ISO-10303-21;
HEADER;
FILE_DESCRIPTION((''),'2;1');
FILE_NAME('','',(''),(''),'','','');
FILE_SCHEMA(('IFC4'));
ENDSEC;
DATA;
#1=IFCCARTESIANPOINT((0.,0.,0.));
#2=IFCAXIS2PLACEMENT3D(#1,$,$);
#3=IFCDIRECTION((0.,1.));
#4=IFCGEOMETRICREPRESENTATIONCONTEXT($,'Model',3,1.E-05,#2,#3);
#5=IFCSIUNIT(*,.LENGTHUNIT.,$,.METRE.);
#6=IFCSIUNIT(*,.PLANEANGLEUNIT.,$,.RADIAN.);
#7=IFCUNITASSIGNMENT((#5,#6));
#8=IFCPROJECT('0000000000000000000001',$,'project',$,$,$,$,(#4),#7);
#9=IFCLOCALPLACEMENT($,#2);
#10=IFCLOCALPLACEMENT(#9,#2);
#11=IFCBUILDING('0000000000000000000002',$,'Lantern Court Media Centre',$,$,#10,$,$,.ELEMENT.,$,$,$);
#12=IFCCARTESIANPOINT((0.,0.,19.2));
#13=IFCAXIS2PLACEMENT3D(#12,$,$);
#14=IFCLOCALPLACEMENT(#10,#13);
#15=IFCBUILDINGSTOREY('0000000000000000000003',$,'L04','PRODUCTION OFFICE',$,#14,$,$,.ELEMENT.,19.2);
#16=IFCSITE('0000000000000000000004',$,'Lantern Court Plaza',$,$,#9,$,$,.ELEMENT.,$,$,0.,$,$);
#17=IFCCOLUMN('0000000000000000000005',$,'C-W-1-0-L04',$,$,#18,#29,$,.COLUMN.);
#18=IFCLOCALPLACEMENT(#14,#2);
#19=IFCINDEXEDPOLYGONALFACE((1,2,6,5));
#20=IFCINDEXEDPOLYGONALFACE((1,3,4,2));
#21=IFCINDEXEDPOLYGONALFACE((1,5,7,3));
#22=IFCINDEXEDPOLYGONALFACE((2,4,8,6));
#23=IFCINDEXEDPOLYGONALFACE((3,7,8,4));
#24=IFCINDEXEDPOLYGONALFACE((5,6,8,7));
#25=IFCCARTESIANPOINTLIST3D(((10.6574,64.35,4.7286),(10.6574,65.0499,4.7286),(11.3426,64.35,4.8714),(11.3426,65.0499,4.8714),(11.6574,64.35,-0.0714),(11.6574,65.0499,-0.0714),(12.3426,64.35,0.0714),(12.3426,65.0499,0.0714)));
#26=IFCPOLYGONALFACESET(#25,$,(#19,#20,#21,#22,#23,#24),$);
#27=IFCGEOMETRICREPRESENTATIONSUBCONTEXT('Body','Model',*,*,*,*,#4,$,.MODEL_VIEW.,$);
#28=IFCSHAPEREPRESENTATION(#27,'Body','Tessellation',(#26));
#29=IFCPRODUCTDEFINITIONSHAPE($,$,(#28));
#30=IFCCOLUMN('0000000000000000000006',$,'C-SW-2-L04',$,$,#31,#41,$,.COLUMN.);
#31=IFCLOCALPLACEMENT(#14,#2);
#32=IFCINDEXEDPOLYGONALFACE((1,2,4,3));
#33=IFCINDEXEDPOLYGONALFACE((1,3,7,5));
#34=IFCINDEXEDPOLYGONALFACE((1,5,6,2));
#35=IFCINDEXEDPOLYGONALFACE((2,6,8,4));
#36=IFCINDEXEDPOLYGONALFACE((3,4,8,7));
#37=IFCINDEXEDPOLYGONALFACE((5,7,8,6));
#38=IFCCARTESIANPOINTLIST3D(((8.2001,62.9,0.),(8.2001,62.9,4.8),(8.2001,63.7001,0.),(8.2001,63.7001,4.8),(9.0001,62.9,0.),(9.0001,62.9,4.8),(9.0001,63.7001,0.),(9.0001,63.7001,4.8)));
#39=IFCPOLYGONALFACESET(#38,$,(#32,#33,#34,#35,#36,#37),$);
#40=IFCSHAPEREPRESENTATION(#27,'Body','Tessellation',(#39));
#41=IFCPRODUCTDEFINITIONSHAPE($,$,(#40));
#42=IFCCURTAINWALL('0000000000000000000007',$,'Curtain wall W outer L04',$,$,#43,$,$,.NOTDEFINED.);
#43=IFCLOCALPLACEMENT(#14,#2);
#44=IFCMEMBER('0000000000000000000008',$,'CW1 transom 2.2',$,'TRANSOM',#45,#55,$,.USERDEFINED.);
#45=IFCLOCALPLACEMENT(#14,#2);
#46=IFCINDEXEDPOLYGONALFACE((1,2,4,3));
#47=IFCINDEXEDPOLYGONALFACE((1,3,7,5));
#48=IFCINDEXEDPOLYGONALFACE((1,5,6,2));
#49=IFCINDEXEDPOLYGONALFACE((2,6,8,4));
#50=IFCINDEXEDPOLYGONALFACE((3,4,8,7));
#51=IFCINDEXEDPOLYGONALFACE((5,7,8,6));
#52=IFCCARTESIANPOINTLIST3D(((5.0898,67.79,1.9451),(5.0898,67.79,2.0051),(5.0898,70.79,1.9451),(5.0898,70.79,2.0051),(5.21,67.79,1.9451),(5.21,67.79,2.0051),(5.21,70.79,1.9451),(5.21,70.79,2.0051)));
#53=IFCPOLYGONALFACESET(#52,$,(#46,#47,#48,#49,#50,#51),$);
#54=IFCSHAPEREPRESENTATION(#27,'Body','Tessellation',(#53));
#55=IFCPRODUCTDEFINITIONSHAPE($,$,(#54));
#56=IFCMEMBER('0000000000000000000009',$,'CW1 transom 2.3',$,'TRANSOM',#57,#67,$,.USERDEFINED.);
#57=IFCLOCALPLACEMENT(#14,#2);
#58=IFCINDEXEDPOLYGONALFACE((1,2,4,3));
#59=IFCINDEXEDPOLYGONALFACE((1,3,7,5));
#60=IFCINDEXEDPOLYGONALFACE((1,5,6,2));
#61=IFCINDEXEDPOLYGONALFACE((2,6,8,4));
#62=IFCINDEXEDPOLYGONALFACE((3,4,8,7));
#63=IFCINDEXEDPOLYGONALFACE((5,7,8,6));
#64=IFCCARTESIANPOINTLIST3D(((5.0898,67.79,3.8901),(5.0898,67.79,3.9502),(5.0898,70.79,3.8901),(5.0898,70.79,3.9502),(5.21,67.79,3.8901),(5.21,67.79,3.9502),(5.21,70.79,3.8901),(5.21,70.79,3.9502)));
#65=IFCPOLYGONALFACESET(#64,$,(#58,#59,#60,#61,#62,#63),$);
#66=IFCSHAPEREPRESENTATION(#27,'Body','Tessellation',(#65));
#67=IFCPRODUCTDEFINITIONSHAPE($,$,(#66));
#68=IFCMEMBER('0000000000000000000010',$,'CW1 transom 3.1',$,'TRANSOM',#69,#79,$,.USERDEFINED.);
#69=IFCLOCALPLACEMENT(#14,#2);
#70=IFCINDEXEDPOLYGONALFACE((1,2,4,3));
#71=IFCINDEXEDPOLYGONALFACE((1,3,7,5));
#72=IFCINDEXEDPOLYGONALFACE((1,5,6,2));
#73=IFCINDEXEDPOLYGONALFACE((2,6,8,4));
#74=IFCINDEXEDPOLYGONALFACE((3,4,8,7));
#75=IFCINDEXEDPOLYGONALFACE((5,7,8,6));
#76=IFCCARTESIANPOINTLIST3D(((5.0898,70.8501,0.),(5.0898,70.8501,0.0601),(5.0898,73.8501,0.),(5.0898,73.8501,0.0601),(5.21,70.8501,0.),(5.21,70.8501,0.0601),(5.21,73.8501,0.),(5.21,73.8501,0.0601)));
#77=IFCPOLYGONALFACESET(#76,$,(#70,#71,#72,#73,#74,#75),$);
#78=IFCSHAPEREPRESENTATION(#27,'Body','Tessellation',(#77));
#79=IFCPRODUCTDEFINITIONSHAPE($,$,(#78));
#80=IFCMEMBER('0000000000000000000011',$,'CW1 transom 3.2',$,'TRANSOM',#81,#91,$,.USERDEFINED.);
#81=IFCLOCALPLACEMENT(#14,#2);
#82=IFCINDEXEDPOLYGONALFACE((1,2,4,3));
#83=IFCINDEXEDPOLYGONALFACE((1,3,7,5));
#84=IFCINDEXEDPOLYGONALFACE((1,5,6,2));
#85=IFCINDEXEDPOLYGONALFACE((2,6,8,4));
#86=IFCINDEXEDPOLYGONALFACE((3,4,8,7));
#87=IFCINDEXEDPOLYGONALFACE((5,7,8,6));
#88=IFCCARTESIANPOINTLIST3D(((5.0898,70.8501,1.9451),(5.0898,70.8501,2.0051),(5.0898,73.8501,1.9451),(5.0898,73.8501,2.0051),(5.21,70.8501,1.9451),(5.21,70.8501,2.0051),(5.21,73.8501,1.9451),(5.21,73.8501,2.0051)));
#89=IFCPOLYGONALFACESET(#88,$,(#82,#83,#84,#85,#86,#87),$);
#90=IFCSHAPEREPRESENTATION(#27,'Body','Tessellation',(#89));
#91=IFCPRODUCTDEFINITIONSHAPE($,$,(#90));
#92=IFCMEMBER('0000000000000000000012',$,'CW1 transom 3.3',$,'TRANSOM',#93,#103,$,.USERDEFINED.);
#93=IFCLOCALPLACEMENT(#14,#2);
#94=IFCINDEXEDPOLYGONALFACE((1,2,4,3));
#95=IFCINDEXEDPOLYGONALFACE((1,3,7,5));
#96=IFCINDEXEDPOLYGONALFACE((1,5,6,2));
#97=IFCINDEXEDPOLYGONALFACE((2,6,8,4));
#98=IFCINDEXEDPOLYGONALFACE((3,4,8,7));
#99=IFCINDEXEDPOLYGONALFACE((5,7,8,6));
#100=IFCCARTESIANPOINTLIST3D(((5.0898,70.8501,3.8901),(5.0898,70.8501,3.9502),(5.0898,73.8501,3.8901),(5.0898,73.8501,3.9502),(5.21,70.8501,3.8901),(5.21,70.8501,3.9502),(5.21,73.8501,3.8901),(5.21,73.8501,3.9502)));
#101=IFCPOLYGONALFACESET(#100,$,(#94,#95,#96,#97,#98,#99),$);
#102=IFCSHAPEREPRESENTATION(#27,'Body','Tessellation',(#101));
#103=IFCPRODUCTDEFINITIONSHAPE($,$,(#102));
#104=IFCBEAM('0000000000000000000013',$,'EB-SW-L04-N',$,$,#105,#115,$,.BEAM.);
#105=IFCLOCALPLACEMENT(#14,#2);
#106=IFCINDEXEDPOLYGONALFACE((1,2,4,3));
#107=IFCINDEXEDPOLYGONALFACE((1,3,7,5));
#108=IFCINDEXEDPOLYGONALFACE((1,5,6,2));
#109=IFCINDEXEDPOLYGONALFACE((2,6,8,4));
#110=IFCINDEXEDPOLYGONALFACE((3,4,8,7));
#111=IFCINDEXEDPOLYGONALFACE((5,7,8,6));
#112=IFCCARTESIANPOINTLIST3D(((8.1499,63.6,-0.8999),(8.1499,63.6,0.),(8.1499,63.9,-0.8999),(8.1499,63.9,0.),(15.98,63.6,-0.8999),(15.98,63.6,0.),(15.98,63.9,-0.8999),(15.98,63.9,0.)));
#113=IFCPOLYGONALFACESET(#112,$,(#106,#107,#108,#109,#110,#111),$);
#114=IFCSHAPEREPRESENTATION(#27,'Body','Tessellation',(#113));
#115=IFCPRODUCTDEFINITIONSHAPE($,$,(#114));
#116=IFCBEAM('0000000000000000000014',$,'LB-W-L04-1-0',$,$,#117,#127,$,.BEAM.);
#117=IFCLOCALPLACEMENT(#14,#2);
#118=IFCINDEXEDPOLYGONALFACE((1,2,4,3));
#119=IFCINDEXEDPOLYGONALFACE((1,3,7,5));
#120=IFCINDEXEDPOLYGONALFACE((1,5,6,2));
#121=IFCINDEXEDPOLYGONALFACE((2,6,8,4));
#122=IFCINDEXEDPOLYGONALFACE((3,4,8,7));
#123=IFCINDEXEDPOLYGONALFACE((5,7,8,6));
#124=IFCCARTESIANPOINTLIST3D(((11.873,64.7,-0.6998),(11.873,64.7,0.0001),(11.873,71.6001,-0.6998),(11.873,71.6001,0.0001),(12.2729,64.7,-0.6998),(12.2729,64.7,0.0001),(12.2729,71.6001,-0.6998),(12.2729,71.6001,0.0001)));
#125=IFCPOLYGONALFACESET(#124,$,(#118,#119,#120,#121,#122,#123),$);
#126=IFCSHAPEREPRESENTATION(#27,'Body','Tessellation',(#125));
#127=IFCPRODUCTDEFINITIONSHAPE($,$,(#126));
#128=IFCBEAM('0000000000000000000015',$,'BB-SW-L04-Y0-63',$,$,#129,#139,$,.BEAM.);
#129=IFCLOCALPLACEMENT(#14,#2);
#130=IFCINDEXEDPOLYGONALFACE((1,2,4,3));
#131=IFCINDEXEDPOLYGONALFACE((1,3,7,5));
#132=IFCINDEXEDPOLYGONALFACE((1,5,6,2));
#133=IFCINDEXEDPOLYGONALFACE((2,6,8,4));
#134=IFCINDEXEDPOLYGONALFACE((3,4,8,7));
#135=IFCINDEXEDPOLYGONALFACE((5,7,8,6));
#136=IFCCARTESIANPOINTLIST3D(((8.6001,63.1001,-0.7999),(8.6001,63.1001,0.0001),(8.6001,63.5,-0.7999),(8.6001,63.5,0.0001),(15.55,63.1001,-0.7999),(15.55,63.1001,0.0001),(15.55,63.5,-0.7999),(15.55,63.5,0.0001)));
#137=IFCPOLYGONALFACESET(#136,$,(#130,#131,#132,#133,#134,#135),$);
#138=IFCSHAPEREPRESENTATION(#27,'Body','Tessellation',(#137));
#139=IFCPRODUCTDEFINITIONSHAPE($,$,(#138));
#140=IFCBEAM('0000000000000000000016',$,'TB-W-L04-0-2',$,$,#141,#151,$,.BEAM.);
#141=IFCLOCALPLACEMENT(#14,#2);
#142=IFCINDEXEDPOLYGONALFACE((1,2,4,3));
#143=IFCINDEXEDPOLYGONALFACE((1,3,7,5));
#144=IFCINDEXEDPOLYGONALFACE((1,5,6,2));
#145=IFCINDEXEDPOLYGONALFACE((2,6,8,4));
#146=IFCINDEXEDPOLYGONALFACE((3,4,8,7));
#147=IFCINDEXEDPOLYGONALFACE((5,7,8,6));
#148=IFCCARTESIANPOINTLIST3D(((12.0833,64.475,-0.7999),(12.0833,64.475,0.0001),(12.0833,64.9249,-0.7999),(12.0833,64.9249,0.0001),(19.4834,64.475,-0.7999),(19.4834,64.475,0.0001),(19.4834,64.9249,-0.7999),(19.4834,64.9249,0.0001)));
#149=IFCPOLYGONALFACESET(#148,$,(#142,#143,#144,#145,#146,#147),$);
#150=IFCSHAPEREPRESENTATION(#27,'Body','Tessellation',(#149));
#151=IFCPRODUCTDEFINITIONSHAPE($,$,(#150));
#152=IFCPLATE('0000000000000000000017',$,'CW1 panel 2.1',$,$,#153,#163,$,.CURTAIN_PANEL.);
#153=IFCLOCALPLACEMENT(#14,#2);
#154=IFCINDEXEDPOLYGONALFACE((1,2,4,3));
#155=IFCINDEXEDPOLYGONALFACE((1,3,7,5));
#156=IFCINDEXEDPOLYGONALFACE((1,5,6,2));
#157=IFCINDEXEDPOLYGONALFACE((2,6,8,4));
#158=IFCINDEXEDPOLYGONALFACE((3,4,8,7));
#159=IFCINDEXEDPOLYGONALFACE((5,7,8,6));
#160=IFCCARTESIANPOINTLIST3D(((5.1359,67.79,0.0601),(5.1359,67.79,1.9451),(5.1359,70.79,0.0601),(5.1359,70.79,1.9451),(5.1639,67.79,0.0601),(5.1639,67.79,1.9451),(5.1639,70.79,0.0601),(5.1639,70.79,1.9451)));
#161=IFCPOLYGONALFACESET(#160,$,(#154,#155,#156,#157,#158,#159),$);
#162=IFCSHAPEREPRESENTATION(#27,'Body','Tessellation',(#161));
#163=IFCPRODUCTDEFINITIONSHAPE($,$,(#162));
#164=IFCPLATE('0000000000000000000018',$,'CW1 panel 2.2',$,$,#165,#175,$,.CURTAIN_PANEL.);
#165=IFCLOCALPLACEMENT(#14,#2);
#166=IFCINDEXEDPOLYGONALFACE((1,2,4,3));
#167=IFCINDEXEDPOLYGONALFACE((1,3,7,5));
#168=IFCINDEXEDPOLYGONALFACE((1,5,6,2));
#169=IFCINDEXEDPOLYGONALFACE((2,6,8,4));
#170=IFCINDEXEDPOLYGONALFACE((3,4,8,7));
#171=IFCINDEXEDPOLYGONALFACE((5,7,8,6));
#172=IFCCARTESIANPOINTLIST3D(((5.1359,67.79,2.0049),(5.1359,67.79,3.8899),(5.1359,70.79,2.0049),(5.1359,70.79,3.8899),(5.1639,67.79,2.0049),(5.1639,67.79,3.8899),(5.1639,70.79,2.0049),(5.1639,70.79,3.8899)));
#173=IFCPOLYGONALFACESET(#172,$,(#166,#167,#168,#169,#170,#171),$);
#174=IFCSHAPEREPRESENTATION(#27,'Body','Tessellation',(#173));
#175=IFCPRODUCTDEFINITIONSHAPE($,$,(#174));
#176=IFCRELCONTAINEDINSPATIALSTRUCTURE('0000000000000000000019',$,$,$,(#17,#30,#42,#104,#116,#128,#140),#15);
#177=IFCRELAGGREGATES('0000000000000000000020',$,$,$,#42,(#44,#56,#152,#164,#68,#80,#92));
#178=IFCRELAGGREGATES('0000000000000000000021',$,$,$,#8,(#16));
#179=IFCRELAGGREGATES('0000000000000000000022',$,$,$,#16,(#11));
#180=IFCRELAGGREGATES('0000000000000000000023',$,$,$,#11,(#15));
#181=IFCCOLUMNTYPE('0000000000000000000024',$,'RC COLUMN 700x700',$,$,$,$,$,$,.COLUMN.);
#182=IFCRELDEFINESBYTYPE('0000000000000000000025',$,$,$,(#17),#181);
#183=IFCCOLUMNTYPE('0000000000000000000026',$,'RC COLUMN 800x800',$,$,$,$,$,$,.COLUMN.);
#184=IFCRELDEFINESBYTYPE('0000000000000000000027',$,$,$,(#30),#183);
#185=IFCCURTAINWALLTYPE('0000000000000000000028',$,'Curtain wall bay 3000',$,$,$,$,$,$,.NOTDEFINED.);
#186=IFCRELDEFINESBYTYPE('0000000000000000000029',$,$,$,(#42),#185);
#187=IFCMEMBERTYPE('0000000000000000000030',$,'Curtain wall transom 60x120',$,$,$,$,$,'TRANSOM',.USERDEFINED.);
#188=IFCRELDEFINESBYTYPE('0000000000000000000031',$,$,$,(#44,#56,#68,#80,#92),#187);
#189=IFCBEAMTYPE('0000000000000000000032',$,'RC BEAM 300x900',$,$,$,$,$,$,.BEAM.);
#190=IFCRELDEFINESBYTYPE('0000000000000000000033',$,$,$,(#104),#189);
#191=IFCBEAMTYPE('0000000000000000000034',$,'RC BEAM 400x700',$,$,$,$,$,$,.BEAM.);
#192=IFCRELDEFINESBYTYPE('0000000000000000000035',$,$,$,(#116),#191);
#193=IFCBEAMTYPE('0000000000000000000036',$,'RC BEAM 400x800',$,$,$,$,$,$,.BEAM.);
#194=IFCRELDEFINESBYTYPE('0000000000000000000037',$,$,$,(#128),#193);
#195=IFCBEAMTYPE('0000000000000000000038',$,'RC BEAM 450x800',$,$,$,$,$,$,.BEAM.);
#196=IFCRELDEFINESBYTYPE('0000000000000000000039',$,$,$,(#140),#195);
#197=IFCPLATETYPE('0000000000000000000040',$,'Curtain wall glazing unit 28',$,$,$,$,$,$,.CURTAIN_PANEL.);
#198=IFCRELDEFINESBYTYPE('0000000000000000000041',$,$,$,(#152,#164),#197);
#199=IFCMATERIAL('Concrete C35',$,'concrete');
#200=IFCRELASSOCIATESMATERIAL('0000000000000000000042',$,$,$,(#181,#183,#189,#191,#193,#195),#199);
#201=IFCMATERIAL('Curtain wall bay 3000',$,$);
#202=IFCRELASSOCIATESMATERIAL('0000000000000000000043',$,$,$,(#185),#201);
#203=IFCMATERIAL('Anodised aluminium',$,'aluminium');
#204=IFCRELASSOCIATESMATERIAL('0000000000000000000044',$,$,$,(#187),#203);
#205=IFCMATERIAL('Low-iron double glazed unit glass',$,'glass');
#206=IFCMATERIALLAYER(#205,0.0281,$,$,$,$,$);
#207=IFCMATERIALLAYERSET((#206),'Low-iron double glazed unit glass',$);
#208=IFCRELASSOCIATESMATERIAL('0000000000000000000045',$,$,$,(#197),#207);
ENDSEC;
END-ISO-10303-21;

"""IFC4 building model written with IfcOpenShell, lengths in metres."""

from ifc_helpers import new_model, si_unit, direction, frame, origin, origin_2d, place, context, subcontext, project, spatial, rectangle, extrude, material, layer, layer_set, material_profile, profile_set, type_object, element, aggregate, save


model = new_model("IFC4")

# Units and contexts
model_context = context("Model", 3, precision=1e-05, world=origin(), true_north=direction((0.0, 1.0)))
body_context = subcontext(model_context, "Body", "Model", "MODEL_VIEW")
ifc_project = project(units=[si_unit("LENGTHUNIT", "METRE"), si_unit("PLANEANGLEUNIT", "RADIAN")], contexts=[model_context])

# Site, building, storey
site_placement = place(None, origin())
site = spatial("IfcSite", under=ifc_project, at=site_placement, Name="Lantern Court Plaza", CompositionType="ELEMENT", RefElevation=0.0)
building_placement = place(site_placement, origin())
building = spatial("IfcBuilding", under=site, at=building_placement, Name="Lantern Court Media Centre", CompositionType="ELEMENT")
storey_placement = place(building_placement, frame((0.0, 0.0, 19.2)))
storey = spatial("IfcBuildingStorey", under=building, at=storey_placement, Name="L04", Description="PRODUCTION OFFICE", CompositionType="ELEMENT", Elevation=19.2)

# Columns
ifc_material_1 = material(Name="Concrete C35", Category="concrete")
ifc_material_profile_1 = material_profile(ifc_material_1, rectangle(XDim=0.7, YDim=0.7, at=origin_2d()), Name="RC 700x700")
ifc_profile_set_1 = profile_set([ifc_material_profile_1], Name="Concrete C35")
column_type_1 = type_object("IfcColumnType", Name="RC COLUMN 700x700", PredefinedType="COLUMN", material=ifc_profile_set_1)
column_1_placement = place(storey_placement, frame((12.0, 64.7, 0.0), z_axis=(-0.203952, 0.0, 0.978981), x_axis=(0.0, -1.0, 0.0)))
element("IfcColumn", 1, at=column_1_placement, inside=storey, type_object=column_type_1, Name="C-W-1-0-L04", PredefinedType="COLUMN", context=body_context, shape_type="SweptSolid", body=[
    extrude(rectangle(XDim=0.7, YDim=0.7, at=origin_2d()), origin(), (0.0, 0.0, 1.0), 4.9031),
])
ifc_material_profile_2 = material_profile(ifc_material_1, rectangle(XDim=0.8, YDim=0.8, at=origin_2d()), Name="RC 800x800")
ifc_profile_set_2 = profile_set([ifc_material_profile_2], Name="Concrete C35")
column_type_2 = type_object("IfcColumnType", Name="RC COLUMN 800x800", PredefinedType="COLUMN", material=ifc_profile_set_2)
column_2_placement = place(storey_placement, frame((8.6001, 63.3, 0.0), z_axis=(0.0, 0.0, 1.0), x_axis=(1.0, 0.0, 0.0)))
element("IfcColumn", 2, at=column_2_placement, inside=storey, type_object=column_type_2, Name="C-SW-2-L04", PredefinedType="COLUMN", context=body_context, shape_type="SweptSolid", body=[
    extrude(rectangle(XDim=0.8, YDim=0.8, at=origin_2d()), origin(), (0.0, 0.0, 1.0), 4.8),
])

# Curtain wall, members
ifc_material_2 = material(Name="Curtain wall bay 3000")
curtain_wall_type = type_object("IfcCurtainWallType", Name="Curtain wall bay 3000", PredefinedType="NOTDEFINED", material=ifc_material_2)
curtain_wall_placement = place(storey_placement, origin())
curtain_wall = element("IfcCurtainWall", 3, at=curtain_wall_placement, inside=storey, type_object=curtain_wall_type, Name="Curtain wall W outer L04", PredefinedType="NOTDEFINED")
ifc_material_3 = material(Name="Anodised aluminium", Category="aluminium")
ifc_material_profile_3 = material_profile(ifc_material_3, rectangle(XDim=0.1201, YDim=0.0601, at=origin_2d()), Name="AL 60x120")
ifc_profile_set_3 = profile_set([ifc_material_profile_3], Name="Anodised aluminium")
member_type = type_object("IfcMemberType", Name="Curtain wall transom 60x120", ElementType="TRANSOM", PredefinedType="USERDEFINED", material=ifc_profile_set_3)
member_1_placement = place(storey_placement, frame((5.1499, 67.79, 1.9751), z_axis=(0.0, 1.0, 0.0), x_axis=(-1.0, 0.0, 0.0)))
member_1 = element("IfcMember", 4, at=member_1_placement, type_object=member_type, Name="CW1 transom 2.2", ObjectType="TRANSOM", PredefinedType="USERDEFINED", context=body_context, shape_type="SweptSolid", body=[
    extrude(rectangle(XDim=0.1201, YDim=0.0601, at=origin_2d()), origin(), (0.0, 0.0, 1.0), 3.0),
])
member_2_placement = place(storey_placement, frame((5.1499, 67.79, 3.9202), z_axis=(0.0, 1.0, 0.0), x_axis=(-1.0, 0.0, 0.0)))
member_2 = element("IfcMember", 5, at=member_2_placement, type_object=member_type, Name="CW1 transom 2.3", ObjectType="TRANSOM", PredefinedType="USERDEFINED", context=body_context, shape_type="SweptSolid", body=[
    extrude(rectangle(XDim=0.1201, YDim=0.0601, at=origin_2d()), origin(), (0.0, 0.0, 1.0), 3.0),
])
member_3_placement = place(storey_placement, frame((5.1499, 70.8501, 0.03), z_axis=(0.0, 1.0, 0.0), x_axis=(-1.0, 0.0, 0.0)))
member_3 = element("IfcMember", 6, at=member_3_placement, type_object=member_type, Name="CW1 transom 3.1", ObjectType="TRANSOM", PredefinedType="USERDEFINED", context=body_context, shape_type="SweptSolid", body=[
    extrude(rectangle(XDim=0.1201, YDim=0.0601, at=origin_2d()), origin(), (0.0, 0.0, 1.0), 3.0),
])
member_4_placement = place(storey_placement, frame((5.1499, 70.8501, 1.9751), z_axis=(0.0, 1.0, 0.0), x_axis=(-1.0, 0.0, 0.0)))
member_4 = element("IfcMember", 7, at=member_4_placement, type_object=member_type, Name="CW1 transom 3.2", ObjectType="TRANSOM", PredefinedType="USERDEFINED", context=body_context, shape_type="SweptSolid", body=[
    extrude(rectangle(XDim=0.1201, YDim=0.0601, at=origin_2d()), origin(), (0.0, 0.0, 1.0), 3.0),
])
member_5_placement = place(storey_placement, frame((5.1499, 70.8501, 3.9202), z_axis=(0.0, 1.0, 0.0), x_axis=(-1.0, 0.0, 0.0)))
member_5 = element("IfcMember", 8, at=member_5_placement, type_object=member_type, Name="CW1 transom 3.3", ObjectType="TRANSOM", PredefinedType="USERDEFINED", context=body_context, shape_type="SweptSolid", body=[
    extrude(rectangle(XDim=0.1201, YDim=0.0601, at=origin_2d()), origin(), (0.0, 0.0, 1.0), 3.0),
])

# Beams
ifc_material_profile_4 = material_profile(ifc_material_1, rectangle(XDim=0.3, YDim=0.8999, at=origin_2d()), Name="RC 300x900")
ifc_profile_set_4 = profile_set([ifc_material_profile_4], Name="Concrete C35")
beam_type_1 = type_object("IfcBeamType", Name="RC BEAM 300x900", PredefinedType="BEAM", material=ifc_profile_set_4)
beam_1_placement = place(storey_placement, frame((8.1499, 63.75, -0.45), z_axis=(1.0, 0.0, 0.0), x_axis=(0.0, 1.0, 0.0)))
element("IfcBeam", 9, at=beam_1_placement, inside=storey, type_object=beam_type_1, Name="EB-SW-L04-N", PredefinedType="BEAM", context=body_context, shape_type="SweptSolid", body=[
    extrude(rectangle(XDim=0.3, YDim=0.8999, at=origin_2d()), origin(), (0.0, 0.0, 1.0), 7.8301),
])
ifc_material_profile_5 = material_profile(ifc_material_1, rectangle(XDim=0.3999, YDim=0.7, at=origin_2d()), Name="RC 400x700")
ifc_profile_set_5 = profile_set([ifc_material_profile_5], Name="Concrete C35")
beam_type_2 = type_object("IfcBeamType", Name="RC BEAM 400x700", PredefinedType="BEAM", material=ifc_profile_set_5)
beam_2_placement = place(storey_placement, frame((12.073, 64.7, -0.3499), z_axis=(0.0, 1.0, 0.0), x_axis=(-1.0, 0.0, 0.0)))
element("IfcBeam", 10, at=beam_2_placement, inside=storey, type_object=beam_type_2, Name="LB-W-L04-1-0", PredefinedType="BEAM", context=body_context, shape_type="SweptSolid", body=[
    extrude(rectangle(XDim=0.3999, YDim=0.7, at=origin_2d()), origin(), (0.0, 0.0, 1.0), 6.9001),
])
ifc_material_profile_6 = material_profile(ifc_material_1, rectangle(XDim=0.3999, YDim=0.8, at=origin_2d()), Name="RC 400x800")
ifc_profile_set_6 = profile_set([ifc_material_profile_6], Name="Concrete C35")
beam_type_3 = type_object("IfcBeamType", Name="RC BEAM 400x800", PredefinedType="BEAM", material=ifc_profile_set_6)
beam_3_placement = place(storey_placement, frame((8.6001, 63.3, -0.3999), z_axis=(1.0, 0.0, 0.0), x_axis=(0.0, 1.0, 0.0)))
element("IfcBeam", 11, at=beam_3_placement, inside=storey, type_object=beam_type_3, Name="BB-SW-L04-Y0-63", PredefinedType="BEAM", context=body_context, shape_type="SweptSolid", body=[
    extrude(rectangle(XDim=0.3999, YDim=0.8, at=origin_2d()), origin(), (0.0, 0.0, 1.0), 6.95),
])
ifc_material_profile_7 = material_profile(ifc_material_1, rectangle(XDim=0.45, YDim=0.8, at=origin_2d()), Name="RC 450x800")
ifc_profile_set_7 = profile_set([ifc_material_profile_7], Name="Concrete C35")
beam_type_4 = type_object("IfcBeamType", Name="RC BEAM 450x800", PredefinedType="BEAM", material=ifc_profile_set_7)
beam_4_placement = place(storey_placement, frame((12.0833, 64.7, -0.3999), z_axis=(1.0, 0.0, 0.0), x_axis=(0.0, 1.0, 0.0)))
element("IfcBeam", 12, at=beam_4_placement, inside=storey, type_object=beam_type_4, Name="TB-W-L04-0-2", PredefinedType="BEAM", context=body_context, shape_type="SweptSolid", body=[
    extrude(rectangle(XDim=0.45, YDim=0.8, at=origin_2d()), origin(), (0.0, 0.0, 1.0), 7.4001),
])

# Plates
ifc_material_4 = material(Name="Low-iron double glazed unit glass", Category="glass")
ifc_layer_1 = layer(ifc_material_4, 0.0281)
ifc_layer_set_1 = layer_set([ifc_layer_1], Name="Low-iron double glazed unit glass")
plate_type = type_object("IfcPlateType", Name="Curtain wall glazing unit 28", PredefinedType="CURTAIN_PANEL", material=ifc_layer_set_1)
plate_1_placement = place(storey_placement, frame((5.1499, 69.29, 0.0601), z_axis=(0.0, 0.0, 1.0), x_axis=(0.0, 1.0, 0.0)))
plate_1 = element("IfcPlate", 13, at=plate_1_placement, type_object=plate_type, Name="CW1 panel 2.1", PredefinedType="CURTAIN_PANEL", context=body_context, shape_type="SweptSolid", body=[
    extrude(rectangle(XDim=3.0, YDim=0.0281, at=origin_2d()), origin(), (0.0, 0.0, 1.0), 1.885),
])
plate_2_placement = place(storey_placement, frame((5.1499, 69.29, 2.0049), z_axis=(0.0, 0.0, 1.0), x_axis=(0.0, 1.0, 0.0)))
plate_2 = element("IfcPlate", 14, at=plate_2_placement, type_object=plate_type, Name="CW1 panel 2.2", PredefinedType="CURTAIN_PANEL", context=body_context, shape_type="SweptSolid", body=[
    extrude(rectangle(XDim=3.0, YDim=0.0281, at=origin_2d()), origin(), (0.0, 0.0, 1.0), 1.885),
])
aggregate(curtain_wall, [member_1, member_2, plate_1, plate_2, member_3, member_4, member_5])

save(model, "model.ifc")
